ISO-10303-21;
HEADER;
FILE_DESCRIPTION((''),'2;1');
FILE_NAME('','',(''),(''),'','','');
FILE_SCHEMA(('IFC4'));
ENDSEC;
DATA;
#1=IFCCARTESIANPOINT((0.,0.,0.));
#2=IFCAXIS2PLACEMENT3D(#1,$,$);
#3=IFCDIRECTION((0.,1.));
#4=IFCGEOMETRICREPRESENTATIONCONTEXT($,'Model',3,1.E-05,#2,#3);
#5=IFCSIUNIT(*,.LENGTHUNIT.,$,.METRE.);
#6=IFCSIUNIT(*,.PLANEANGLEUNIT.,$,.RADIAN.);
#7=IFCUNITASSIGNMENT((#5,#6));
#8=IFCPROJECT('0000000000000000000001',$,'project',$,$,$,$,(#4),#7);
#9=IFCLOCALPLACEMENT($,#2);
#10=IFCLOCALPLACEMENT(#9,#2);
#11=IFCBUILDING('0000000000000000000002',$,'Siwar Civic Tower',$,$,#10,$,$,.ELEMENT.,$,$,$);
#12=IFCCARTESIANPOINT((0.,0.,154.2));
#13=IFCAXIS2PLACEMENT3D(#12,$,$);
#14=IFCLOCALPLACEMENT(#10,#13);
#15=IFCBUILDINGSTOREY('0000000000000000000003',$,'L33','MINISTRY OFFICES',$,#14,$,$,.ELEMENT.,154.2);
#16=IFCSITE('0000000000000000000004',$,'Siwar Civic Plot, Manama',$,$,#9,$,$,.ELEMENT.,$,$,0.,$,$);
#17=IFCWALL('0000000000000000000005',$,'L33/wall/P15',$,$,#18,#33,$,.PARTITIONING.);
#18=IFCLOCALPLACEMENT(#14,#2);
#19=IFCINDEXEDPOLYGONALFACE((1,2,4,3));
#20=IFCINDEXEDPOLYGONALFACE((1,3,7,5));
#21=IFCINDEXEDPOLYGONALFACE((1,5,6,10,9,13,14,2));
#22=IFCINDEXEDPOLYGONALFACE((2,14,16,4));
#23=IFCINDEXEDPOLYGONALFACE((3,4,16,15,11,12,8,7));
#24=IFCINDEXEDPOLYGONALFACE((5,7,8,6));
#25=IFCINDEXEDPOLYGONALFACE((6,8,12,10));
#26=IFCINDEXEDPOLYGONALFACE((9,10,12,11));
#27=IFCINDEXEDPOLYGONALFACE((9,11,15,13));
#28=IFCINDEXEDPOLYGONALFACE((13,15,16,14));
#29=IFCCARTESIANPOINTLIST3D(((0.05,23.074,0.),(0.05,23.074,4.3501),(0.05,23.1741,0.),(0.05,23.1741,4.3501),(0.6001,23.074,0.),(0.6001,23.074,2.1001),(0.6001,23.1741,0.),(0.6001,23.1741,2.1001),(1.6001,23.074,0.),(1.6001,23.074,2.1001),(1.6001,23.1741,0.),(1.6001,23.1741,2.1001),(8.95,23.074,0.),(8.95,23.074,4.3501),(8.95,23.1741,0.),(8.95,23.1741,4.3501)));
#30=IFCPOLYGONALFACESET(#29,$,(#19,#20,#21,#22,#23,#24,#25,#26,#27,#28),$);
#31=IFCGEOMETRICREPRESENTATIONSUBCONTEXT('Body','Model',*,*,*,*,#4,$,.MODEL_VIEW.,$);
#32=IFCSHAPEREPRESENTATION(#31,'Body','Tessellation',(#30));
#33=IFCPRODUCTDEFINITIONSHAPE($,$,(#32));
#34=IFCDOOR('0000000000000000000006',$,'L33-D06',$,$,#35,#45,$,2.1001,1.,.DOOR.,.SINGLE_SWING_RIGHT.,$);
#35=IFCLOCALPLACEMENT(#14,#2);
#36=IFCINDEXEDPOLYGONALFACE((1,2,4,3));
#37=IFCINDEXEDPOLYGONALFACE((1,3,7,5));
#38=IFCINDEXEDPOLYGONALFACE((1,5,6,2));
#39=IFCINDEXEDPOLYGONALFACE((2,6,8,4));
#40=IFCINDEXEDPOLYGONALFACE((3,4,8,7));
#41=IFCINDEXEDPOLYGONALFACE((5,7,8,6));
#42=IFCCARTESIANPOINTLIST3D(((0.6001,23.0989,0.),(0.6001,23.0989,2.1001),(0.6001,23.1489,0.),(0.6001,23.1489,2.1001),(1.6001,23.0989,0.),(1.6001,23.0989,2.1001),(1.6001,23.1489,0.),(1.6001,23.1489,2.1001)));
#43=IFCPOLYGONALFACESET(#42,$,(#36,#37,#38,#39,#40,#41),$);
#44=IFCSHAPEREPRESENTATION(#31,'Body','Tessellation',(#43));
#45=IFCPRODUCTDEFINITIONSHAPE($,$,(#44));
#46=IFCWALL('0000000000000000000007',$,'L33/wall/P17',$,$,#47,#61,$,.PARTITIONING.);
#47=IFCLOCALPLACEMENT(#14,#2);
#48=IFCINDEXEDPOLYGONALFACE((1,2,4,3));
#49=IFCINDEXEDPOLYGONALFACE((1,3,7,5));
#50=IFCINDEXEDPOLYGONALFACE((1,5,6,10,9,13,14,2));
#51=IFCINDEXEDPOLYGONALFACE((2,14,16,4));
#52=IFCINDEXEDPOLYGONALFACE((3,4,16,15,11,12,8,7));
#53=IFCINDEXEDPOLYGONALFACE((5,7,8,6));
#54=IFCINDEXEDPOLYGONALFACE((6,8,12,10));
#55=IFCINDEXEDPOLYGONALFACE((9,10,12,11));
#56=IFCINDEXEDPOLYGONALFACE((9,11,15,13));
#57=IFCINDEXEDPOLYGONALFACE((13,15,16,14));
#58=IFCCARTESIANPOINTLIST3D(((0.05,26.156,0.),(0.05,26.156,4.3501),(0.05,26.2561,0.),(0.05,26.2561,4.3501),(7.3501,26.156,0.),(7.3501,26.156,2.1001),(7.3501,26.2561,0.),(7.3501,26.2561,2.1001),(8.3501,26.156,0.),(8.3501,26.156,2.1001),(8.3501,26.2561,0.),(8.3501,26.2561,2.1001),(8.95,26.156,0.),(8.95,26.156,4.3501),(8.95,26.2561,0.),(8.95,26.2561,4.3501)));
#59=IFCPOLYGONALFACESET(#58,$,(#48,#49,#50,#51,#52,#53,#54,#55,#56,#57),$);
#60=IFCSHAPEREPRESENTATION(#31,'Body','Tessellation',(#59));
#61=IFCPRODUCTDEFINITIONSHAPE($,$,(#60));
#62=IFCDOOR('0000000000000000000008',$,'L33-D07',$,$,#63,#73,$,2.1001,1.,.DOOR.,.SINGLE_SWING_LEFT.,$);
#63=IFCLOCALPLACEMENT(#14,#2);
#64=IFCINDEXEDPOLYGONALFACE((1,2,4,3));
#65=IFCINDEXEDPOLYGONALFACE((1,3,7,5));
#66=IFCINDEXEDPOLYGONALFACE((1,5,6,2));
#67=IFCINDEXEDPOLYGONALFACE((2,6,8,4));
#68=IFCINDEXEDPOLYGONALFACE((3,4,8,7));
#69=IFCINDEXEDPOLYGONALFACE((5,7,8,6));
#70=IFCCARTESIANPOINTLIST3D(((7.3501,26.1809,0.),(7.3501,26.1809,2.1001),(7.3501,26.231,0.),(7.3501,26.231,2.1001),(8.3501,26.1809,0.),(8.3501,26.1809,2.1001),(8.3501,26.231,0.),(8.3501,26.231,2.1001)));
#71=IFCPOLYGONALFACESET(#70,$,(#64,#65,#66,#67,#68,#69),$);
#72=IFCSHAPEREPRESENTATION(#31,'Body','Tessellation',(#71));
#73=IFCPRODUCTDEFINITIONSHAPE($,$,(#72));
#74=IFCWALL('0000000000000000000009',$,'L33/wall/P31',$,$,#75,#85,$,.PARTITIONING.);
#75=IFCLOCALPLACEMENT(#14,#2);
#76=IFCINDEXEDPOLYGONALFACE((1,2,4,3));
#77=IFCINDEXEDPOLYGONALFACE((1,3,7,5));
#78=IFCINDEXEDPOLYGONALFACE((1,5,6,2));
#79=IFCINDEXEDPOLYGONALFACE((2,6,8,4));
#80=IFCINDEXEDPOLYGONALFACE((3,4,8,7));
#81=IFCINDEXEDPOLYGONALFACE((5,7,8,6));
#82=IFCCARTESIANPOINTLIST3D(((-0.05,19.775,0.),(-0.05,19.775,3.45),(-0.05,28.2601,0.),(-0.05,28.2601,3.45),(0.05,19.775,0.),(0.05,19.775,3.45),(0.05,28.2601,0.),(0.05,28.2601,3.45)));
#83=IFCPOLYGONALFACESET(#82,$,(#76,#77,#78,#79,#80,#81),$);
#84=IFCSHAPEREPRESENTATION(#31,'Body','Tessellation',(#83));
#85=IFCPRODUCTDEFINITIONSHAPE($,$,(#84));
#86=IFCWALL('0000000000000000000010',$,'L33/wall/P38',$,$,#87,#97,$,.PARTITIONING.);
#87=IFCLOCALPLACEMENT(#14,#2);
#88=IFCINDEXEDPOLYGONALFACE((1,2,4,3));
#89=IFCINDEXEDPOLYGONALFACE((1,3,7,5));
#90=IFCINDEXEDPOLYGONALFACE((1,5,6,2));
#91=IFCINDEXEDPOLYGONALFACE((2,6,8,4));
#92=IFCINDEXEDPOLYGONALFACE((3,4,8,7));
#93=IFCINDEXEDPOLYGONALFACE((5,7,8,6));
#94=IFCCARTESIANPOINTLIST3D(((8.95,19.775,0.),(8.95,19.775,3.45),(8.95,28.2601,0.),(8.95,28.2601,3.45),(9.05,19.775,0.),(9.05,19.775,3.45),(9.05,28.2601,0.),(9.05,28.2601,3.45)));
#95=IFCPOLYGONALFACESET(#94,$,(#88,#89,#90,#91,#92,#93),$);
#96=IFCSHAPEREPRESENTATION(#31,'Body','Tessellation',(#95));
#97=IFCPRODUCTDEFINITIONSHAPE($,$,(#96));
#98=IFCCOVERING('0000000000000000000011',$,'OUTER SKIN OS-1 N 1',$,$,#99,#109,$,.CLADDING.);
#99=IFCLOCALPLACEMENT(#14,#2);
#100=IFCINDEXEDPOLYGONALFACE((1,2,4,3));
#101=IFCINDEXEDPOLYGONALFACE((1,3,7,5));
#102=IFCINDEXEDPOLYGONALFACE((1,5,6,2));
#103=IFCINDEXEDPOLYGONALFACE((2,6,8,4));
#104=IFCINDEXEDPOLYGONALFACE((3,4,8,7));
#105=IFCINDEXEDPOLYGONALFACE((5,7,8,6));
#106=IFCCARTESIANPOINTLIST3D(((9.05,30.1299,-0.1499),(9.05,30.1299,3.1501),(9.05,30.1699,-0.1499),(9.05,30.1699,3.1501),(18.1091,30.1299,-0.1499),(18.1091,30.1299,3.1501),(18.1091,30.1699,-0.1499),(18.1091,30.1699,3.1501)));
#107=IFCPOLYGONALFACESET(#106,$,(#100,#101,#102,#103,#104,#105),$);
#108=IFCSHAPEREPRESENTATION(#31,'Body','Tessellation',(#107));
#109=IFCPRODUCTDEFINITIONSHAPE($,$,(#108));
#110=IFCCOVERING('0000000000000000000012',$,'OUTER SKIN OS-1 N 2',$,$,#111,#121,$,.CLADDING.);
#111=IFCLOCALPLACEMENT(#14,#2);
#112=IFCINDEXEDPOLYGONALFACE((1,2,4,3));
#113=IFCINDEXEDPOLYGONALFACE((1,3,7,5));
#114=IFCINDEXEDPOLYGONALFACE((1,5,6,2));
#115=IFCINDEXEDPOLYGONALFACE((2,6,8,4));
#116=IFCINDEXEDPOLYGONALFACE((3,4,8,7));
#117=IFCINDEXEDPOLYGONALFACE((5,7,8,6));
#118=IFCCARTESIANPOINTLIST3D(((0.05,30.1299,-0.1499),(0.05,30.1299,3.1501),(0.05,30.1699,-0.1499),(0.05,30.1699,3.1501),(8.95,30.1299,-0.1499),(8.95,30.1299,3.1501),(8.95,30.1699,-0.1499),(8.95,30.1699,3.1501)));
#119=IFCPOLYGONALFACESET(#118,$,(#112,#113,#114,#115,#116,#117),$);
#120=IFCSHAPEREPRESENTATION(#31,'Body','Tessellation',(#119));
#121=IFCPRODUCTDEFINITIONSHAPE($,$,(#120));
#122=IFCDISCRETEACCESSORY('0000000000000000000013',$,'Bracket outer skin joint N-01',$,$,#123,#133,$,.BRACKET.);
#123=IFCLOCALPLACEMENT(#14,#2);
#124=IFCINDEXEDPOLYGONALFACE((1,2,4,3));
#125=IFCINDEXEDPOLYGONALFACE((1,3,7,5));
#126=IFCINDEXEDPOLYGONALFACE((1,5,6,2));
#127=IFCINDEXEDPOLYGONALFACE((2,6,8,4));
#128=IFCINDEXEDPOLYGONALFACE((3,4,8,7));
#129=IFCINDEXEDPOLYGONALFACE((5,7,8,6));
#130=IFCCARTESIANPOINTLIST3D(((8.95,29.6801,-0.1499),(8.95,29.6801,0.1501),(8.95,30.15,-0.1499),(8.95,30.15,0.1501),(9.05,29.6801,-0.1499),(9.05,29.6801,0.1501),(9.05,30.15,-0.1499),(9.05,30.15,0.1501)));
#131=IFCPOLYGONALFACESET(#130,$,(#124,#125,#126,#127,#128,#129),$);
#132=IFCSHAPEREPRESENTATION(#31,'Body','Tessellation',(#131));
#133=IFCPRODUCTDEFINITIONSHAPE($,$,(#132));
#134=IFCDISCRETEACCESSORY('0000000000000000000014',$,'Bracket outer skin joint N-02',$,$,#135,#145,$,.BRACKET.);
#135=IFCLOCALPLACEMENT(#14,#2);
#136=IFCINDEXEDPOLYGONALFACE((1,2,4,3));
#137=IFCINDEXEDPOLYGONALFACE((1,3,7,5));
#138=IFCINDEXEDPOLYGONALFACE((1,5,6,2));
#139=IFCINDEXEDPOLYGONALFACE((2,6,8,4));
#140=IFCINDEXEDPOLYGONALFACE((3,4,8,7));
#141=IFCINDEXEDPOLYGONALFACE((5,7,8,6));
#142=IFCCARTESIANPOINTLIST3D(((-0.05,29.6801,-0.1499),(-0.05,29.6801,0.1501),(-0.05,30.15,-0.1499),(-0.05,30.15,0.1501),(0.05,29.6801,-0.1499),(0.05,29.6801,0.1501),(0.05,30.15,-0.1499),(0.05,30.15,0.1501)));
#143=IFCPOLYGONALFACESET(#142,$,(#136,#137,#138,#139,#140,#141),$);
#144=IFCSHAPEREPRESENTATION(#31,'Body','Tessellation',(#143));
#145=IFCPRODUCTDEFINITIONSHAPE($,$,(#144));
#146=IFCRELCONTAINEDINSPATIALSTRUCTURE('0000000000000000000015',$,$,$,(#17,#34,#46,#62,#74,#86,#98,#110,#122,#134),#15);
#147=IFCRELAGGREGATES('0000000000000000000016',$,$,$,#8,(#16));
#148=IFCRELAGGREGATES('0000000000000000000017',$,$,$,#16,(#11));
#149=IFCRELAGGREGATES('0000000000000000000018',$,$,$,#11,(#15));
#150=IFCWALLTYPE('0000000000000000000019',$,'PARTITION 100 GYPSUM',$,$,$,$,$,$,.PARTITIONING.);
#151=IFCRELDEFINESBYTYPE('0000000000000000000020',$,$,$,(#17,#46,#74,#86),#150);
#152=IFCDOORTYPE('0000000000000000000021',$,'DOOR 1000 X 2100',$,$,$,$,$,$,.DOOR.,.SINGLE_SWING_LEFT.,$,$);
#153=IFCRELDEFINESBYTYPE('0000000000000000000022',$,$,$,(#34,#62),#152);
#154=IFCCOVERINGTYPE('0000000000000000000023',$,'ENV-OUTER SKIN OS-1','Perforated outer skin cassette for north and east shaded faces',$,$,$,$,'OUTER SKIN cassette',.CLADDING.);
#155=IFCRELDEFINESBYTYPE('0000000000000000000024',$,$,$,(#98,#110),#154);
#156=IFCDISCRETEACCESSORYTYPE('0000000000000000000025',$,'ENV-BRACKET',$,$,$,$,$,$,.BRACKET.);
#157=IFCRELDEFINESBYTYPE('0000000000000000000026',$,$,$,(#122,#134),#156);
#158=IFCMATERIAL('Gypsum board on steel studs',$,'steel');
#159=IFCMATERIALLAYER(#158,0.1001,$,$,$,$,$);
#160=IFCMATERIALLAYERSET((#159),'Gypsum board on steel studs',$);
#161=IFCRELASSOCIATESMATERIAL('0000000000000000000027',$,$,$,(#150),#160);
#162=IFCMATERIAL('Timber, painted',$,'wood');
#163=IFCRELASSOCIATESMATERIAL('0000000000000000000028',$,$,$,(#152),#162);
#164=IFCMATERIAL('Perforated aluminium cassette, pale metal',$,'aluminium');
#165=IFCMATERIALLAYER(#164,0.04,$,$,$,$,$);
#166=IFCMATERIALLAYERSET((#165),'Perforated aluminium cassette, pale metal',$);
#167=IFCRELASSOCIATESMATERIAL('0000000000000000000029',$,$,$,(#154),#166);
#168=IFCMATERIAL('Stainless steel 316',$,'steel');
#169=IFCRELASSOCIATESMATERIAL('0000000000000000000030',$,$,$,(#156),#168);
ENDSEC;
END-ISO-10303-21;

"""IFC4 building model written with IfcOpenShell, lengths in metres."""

from ifc_helpers import new_model, si_unit, direction, frame, frame_2d, origin, origin_2d, place, context, subcontext, project, spatial, rectangle, extrude, material, layer, layer_set, type_object, element, fill, save


model = new_model("IFC4")

# Units and contexts
model_context = context("Model", 3, precision=1e-05, world=origin(), true_north=direction((0.0, 1.0)))
body_context = subcontext(model_context, "Body", "Model", "MODEL_VIEW")
ifc_project = project(units=[si_unit("LENGTHUNIT", "METRE"), si_unit("PLANEANGLEUNIT", "RADIAN")], contexts=[model_context])

# Site, building, storey
site_placement = place(None, origin())
site = spatial("IfcSite", under=ifc_project, at=site_placement, Name="Siwar Civic Plot, Manama", CompositionType="ELEMENT", RefElevation=0.0)
building_placement = place(site_placement, origin())
building = spatial("IfcBuilding", under=site, at=building_placement, Name="Siwar Civic Tower", CompositionType="ELEMENT")
storey_placement = place(building_placement, frame((0.0, 0.0, 154.2)))
storey = spatial("IfcBuildingStorey", under=building, at=storey_placement, Name="L33", Description="MINISTRY OFFICES", CompositionType="ELEMENT", Elevation=154.2)

# Walls, openings, doors
ifc_material_1 = material(Name="Gypsum board on steel studs", Category="steel")
ifc_layer_1 = layer(ifc_material_1, 0.1001)
ifc_layer_set_1 = layer_set([ifc_layer_1], Name="Gypsum board on steel studs")
wall_type_1 = type_object("IfcWallType", Name="PARTITION 100 GYPSUM", PredefinedType="PARTITIONING", material=ifc_layer_set_1)
wall_1_placement = place(storey_placement, frame((0.05, 23.124, 0.0), z_axis=(0.0, 0.0, 1.0), x_axis=(1.0, 0.0, 0.0)))
wall_1 = element("IfcWall", 1, at=wall_1_placement, inside=storey, type_object=wall_type_1, Name="L33/wall/P15", PredefinedType="PARTITIONING", context=body_context, shape_type="SweptSolid", body=[
    extrude(rectangle(XDim=8.8999, YDim=0.1001, at=frame_2d((4.45, 0.0))), origin(), (0.0, 0.0, 1.0), 4.3501),
])
opening_1_placement = place(wall_1_placement, frame((0.55, 0.0, 0.0)))
opening_1 = element("IfcOpeningElement", 2, at=opening_1_placement, cuts=wall_1, PredefinedType="OPENING", context=body_context, shape_type="SweptSolid", body=[
    extrude(rectangle(XDim=1.0, YDim=2.1001, at=frame_2d((0.5, 1.05))), frame((0.0, 0.0601, 0.0), z_axis=(0.0, -1.0, 0.0), x_axis=(1.0, 0.0, 0.0)), (0.0, 0.0, 1.0), 0.1201),
])
ifc_material_2 = material(Name="Timber, painted", Category="wood")
door_type_1 = type_object("IfcDoorType", Name="DOOR 1000 X 2100", OperationType="SINGLE_SWING_LEFT", PredefinedType="DOOR", material=ifc_material_2)
door_1_placement = place(opening_1_placement, origin())
door_1 = element("IfcDoor", 3, at=door_1_placement, inside=storey, type_object=door_type_1, Name="L33-D06", OperationType="SINGLE_SWING_RIGHT", OverallHeight=2.1001, OverallWidth=1.0, PredefinedType="DOOR", context=body_context, shape_type="SweptSolid", body=[
    extrude(rectangle(XDim=1.0, YDim=2.1001, at=frame_2d((0.5, 1.05))), frame((0.0, 0.0249, 0.0), z_axis=(0.0, -1.0, 0.0), x_axis=(1.0, 0.0, 0.0)), (0.0, 0.0, 1.0), 0.05),
])
fill(opening_1, door_1)
wall_2_placement = place(storey_placement, frame((0.05, 26.2061, 0.0), z_axis=(0.0, 0.0, 1.0), x_axis=(1.0, 0.0, 0.0)))
wall_2 = element("IfcWall", 4, at=wall_2_placement, inside=storey, type_object=wall_type_1, Name="L33/wall/P17", PredefinedType="PARTITIONING", context=body_context, shape_type="SweptSolid", body=[
    extrude(rectangle(XDim=8.8999, YDim=0.1001, at=frame_2d((4.45, 0.0))), origin(), (0.0, 0.0, 1.0), 4.3501),
])
opening_2_placement = place(wall_2_placement, frame((7.3, 0.0, 0.0)))
opening_2 = element("IfcOpeningElement", 5, at=opening_2_placement, cuts=wall_2, PredefinedType="OPENING", context=body_context, shape_type="SweptSolid", body=[
    extrude(rectangle(XDim=1.0, YDim=2.1001, at=frame_2d((0.5, 1.05))), frame((0.0, 0.0601, 0.0), z_axis=(0.0, -1.0, 0.0), x_axis=(1.0, 0.0, 0.0)), (0.0, 0.0, 1.0), 0.1201),
])
door_2_placement = place(opening_2_placement, origin())
door_2 = element("IfcDoor", 6, at=door_2_placement, inside=storey, type_object=door_type_1, Name="L33-D07", OperationType="SINGLE_SWING_LEFT", OverallHeight=2.1001, OverallWidth=1.0, PredefinedType="DOOR", context=body_context, shape_type="SweptSolid", body=[
    extrude(rectangle(XDim=1.0, YDim=2.1001, at=frame_2d((0.5, 1.05))), frame((0.0, 0.0249, 0.0), z_axis=(0.0, -1.0, 0.0), x_axis=(1.0, 0.0, 0.0)), (0.0, 0.0, 1.0), 0.05),
])
fill(opening_2, door_2)

# Walls
for number, where, z_axis, x_axis, name in (
    (7, (0.0, 19.7749, 0.0), (0.0, 0.0, 1.0), (0.0, 1.0, 0.0), "L33/wall/P31"),
    (8, (9.0, 19.7749, 0.0), (0.0, 0.0, 1.0), (0.0, 1.0, 0.0), "L33/wall/P38"),
):
    element("IfcWall", number, at=place(storey_placement, frame(where, z_axis=z_axis, x_axis=x_axis)), inside=storey, type_object=wall_type_1, Name=name, PredefinedType="PARTITIONING", context=body_context, shape_type="SweptSolid", body=[
        extrude(rectangle(XDim=8.4851, YDim=0.1001, at=frame_2d((4.2427, 0.0))), origin(), (0.0, 0.0, 1.0), 3.45),
    ])

# Coverings
ifc_material_3 = material(Name="Perforated aluminium cassette, pale metal", Category="aluminium")
ifc_layer_2 = layer(ifc_material_3, 0.04)
ifc_layer_set_2 = layer_set([ifc_layer_2], Name="Perforated aluminium cassette, pale metal")
covering_type = type_object("IfcCoveringType", Name="ENV-OUTER SKIN OS-1", Description="Perforated outer skin cassette for north and east shaded faces", ElementType="OUTER SKIN cassette", PredefinedType="CLADDING", material=ifc_layer_set_2)
covering_1_placement = place(storey_placement, frame((13.5796, 30.1499, -0.1499), z_axis=(0.0, 0.0, 1.0), x_axis=(-1.0, 0.0, 0.0)))
element("IfcCovering", 9, at=covering_1_placement, inside=storey, type_object=covering_type, Name="OUTER SKIN OS-1 N 1", PredefinedType="CLADDING", context=body_context, shape_type="SweptSolid", body=[
    extrude(rectangle(XDim=9.0591, YDim=0.04, at=origin_2d()), origin(), (0.0, 0.0, 1.0), 3.3),
])
covering_2_placement = place(storey_placement, frame((4.5, 30.1499, -0.1499), z_axis=(0.0, 0.0, 1.0), x_axis=(-1.0, 0.0, 0.0)))
element("IfcCovering", 10, at=covering_2_placement, inside=storey, type_object=covering_type, Name="OUTER SKIN OS-1 N 2", PredefinedType="CLADDING", context=body_context, shape_type="SweptSolid", body=[
    extrude(rectangle(XDim=8.8999, YDim=0.04, at=origin_2d()), origin(), (0.0, 0.0, 1.0), 3.3),
])

# Discrete accessories
ifc_material_4 = material(Name="Stainless steel 316", Category="steel")
discrete_accessory_type = type_object("IfcDiscreteAccessoryType", Name="ENV-BRACKET", PredefinedType="BRACKET", material=ifc_material_4)
for number, where, z_axis, x_axis, name in (
    (11, (9.0, 29.915, -0.1499), (0.0, 0.0, 1.0), (0.0, 1.0, 0.0), "Bracket outer skin joint N-01"),
    (12, (0.0, 29.915, -0.1499), (0.0, 0.0, 1.0), (0.0, 1.0, 0.0), "Bracket outer skin joint N-02"),
):
    element("IfcDiscreteAccessory", number, at=place(storey_placement, frame(where, z_axis=z_axis, x_axis=x_axis)), inside=storey, type_object=discrete_accessory_type, Name=name, PredefinedType="BRACKET", context=body_context, shape_type="SweptSolid", body=[
        extrude(rectangle(XDim=0.47, YDim=0.1001, at=origin_2d()), origin(), (0.0, 0.0, 1.0), 0.3),
    ])

save(model, "model.ifc")
